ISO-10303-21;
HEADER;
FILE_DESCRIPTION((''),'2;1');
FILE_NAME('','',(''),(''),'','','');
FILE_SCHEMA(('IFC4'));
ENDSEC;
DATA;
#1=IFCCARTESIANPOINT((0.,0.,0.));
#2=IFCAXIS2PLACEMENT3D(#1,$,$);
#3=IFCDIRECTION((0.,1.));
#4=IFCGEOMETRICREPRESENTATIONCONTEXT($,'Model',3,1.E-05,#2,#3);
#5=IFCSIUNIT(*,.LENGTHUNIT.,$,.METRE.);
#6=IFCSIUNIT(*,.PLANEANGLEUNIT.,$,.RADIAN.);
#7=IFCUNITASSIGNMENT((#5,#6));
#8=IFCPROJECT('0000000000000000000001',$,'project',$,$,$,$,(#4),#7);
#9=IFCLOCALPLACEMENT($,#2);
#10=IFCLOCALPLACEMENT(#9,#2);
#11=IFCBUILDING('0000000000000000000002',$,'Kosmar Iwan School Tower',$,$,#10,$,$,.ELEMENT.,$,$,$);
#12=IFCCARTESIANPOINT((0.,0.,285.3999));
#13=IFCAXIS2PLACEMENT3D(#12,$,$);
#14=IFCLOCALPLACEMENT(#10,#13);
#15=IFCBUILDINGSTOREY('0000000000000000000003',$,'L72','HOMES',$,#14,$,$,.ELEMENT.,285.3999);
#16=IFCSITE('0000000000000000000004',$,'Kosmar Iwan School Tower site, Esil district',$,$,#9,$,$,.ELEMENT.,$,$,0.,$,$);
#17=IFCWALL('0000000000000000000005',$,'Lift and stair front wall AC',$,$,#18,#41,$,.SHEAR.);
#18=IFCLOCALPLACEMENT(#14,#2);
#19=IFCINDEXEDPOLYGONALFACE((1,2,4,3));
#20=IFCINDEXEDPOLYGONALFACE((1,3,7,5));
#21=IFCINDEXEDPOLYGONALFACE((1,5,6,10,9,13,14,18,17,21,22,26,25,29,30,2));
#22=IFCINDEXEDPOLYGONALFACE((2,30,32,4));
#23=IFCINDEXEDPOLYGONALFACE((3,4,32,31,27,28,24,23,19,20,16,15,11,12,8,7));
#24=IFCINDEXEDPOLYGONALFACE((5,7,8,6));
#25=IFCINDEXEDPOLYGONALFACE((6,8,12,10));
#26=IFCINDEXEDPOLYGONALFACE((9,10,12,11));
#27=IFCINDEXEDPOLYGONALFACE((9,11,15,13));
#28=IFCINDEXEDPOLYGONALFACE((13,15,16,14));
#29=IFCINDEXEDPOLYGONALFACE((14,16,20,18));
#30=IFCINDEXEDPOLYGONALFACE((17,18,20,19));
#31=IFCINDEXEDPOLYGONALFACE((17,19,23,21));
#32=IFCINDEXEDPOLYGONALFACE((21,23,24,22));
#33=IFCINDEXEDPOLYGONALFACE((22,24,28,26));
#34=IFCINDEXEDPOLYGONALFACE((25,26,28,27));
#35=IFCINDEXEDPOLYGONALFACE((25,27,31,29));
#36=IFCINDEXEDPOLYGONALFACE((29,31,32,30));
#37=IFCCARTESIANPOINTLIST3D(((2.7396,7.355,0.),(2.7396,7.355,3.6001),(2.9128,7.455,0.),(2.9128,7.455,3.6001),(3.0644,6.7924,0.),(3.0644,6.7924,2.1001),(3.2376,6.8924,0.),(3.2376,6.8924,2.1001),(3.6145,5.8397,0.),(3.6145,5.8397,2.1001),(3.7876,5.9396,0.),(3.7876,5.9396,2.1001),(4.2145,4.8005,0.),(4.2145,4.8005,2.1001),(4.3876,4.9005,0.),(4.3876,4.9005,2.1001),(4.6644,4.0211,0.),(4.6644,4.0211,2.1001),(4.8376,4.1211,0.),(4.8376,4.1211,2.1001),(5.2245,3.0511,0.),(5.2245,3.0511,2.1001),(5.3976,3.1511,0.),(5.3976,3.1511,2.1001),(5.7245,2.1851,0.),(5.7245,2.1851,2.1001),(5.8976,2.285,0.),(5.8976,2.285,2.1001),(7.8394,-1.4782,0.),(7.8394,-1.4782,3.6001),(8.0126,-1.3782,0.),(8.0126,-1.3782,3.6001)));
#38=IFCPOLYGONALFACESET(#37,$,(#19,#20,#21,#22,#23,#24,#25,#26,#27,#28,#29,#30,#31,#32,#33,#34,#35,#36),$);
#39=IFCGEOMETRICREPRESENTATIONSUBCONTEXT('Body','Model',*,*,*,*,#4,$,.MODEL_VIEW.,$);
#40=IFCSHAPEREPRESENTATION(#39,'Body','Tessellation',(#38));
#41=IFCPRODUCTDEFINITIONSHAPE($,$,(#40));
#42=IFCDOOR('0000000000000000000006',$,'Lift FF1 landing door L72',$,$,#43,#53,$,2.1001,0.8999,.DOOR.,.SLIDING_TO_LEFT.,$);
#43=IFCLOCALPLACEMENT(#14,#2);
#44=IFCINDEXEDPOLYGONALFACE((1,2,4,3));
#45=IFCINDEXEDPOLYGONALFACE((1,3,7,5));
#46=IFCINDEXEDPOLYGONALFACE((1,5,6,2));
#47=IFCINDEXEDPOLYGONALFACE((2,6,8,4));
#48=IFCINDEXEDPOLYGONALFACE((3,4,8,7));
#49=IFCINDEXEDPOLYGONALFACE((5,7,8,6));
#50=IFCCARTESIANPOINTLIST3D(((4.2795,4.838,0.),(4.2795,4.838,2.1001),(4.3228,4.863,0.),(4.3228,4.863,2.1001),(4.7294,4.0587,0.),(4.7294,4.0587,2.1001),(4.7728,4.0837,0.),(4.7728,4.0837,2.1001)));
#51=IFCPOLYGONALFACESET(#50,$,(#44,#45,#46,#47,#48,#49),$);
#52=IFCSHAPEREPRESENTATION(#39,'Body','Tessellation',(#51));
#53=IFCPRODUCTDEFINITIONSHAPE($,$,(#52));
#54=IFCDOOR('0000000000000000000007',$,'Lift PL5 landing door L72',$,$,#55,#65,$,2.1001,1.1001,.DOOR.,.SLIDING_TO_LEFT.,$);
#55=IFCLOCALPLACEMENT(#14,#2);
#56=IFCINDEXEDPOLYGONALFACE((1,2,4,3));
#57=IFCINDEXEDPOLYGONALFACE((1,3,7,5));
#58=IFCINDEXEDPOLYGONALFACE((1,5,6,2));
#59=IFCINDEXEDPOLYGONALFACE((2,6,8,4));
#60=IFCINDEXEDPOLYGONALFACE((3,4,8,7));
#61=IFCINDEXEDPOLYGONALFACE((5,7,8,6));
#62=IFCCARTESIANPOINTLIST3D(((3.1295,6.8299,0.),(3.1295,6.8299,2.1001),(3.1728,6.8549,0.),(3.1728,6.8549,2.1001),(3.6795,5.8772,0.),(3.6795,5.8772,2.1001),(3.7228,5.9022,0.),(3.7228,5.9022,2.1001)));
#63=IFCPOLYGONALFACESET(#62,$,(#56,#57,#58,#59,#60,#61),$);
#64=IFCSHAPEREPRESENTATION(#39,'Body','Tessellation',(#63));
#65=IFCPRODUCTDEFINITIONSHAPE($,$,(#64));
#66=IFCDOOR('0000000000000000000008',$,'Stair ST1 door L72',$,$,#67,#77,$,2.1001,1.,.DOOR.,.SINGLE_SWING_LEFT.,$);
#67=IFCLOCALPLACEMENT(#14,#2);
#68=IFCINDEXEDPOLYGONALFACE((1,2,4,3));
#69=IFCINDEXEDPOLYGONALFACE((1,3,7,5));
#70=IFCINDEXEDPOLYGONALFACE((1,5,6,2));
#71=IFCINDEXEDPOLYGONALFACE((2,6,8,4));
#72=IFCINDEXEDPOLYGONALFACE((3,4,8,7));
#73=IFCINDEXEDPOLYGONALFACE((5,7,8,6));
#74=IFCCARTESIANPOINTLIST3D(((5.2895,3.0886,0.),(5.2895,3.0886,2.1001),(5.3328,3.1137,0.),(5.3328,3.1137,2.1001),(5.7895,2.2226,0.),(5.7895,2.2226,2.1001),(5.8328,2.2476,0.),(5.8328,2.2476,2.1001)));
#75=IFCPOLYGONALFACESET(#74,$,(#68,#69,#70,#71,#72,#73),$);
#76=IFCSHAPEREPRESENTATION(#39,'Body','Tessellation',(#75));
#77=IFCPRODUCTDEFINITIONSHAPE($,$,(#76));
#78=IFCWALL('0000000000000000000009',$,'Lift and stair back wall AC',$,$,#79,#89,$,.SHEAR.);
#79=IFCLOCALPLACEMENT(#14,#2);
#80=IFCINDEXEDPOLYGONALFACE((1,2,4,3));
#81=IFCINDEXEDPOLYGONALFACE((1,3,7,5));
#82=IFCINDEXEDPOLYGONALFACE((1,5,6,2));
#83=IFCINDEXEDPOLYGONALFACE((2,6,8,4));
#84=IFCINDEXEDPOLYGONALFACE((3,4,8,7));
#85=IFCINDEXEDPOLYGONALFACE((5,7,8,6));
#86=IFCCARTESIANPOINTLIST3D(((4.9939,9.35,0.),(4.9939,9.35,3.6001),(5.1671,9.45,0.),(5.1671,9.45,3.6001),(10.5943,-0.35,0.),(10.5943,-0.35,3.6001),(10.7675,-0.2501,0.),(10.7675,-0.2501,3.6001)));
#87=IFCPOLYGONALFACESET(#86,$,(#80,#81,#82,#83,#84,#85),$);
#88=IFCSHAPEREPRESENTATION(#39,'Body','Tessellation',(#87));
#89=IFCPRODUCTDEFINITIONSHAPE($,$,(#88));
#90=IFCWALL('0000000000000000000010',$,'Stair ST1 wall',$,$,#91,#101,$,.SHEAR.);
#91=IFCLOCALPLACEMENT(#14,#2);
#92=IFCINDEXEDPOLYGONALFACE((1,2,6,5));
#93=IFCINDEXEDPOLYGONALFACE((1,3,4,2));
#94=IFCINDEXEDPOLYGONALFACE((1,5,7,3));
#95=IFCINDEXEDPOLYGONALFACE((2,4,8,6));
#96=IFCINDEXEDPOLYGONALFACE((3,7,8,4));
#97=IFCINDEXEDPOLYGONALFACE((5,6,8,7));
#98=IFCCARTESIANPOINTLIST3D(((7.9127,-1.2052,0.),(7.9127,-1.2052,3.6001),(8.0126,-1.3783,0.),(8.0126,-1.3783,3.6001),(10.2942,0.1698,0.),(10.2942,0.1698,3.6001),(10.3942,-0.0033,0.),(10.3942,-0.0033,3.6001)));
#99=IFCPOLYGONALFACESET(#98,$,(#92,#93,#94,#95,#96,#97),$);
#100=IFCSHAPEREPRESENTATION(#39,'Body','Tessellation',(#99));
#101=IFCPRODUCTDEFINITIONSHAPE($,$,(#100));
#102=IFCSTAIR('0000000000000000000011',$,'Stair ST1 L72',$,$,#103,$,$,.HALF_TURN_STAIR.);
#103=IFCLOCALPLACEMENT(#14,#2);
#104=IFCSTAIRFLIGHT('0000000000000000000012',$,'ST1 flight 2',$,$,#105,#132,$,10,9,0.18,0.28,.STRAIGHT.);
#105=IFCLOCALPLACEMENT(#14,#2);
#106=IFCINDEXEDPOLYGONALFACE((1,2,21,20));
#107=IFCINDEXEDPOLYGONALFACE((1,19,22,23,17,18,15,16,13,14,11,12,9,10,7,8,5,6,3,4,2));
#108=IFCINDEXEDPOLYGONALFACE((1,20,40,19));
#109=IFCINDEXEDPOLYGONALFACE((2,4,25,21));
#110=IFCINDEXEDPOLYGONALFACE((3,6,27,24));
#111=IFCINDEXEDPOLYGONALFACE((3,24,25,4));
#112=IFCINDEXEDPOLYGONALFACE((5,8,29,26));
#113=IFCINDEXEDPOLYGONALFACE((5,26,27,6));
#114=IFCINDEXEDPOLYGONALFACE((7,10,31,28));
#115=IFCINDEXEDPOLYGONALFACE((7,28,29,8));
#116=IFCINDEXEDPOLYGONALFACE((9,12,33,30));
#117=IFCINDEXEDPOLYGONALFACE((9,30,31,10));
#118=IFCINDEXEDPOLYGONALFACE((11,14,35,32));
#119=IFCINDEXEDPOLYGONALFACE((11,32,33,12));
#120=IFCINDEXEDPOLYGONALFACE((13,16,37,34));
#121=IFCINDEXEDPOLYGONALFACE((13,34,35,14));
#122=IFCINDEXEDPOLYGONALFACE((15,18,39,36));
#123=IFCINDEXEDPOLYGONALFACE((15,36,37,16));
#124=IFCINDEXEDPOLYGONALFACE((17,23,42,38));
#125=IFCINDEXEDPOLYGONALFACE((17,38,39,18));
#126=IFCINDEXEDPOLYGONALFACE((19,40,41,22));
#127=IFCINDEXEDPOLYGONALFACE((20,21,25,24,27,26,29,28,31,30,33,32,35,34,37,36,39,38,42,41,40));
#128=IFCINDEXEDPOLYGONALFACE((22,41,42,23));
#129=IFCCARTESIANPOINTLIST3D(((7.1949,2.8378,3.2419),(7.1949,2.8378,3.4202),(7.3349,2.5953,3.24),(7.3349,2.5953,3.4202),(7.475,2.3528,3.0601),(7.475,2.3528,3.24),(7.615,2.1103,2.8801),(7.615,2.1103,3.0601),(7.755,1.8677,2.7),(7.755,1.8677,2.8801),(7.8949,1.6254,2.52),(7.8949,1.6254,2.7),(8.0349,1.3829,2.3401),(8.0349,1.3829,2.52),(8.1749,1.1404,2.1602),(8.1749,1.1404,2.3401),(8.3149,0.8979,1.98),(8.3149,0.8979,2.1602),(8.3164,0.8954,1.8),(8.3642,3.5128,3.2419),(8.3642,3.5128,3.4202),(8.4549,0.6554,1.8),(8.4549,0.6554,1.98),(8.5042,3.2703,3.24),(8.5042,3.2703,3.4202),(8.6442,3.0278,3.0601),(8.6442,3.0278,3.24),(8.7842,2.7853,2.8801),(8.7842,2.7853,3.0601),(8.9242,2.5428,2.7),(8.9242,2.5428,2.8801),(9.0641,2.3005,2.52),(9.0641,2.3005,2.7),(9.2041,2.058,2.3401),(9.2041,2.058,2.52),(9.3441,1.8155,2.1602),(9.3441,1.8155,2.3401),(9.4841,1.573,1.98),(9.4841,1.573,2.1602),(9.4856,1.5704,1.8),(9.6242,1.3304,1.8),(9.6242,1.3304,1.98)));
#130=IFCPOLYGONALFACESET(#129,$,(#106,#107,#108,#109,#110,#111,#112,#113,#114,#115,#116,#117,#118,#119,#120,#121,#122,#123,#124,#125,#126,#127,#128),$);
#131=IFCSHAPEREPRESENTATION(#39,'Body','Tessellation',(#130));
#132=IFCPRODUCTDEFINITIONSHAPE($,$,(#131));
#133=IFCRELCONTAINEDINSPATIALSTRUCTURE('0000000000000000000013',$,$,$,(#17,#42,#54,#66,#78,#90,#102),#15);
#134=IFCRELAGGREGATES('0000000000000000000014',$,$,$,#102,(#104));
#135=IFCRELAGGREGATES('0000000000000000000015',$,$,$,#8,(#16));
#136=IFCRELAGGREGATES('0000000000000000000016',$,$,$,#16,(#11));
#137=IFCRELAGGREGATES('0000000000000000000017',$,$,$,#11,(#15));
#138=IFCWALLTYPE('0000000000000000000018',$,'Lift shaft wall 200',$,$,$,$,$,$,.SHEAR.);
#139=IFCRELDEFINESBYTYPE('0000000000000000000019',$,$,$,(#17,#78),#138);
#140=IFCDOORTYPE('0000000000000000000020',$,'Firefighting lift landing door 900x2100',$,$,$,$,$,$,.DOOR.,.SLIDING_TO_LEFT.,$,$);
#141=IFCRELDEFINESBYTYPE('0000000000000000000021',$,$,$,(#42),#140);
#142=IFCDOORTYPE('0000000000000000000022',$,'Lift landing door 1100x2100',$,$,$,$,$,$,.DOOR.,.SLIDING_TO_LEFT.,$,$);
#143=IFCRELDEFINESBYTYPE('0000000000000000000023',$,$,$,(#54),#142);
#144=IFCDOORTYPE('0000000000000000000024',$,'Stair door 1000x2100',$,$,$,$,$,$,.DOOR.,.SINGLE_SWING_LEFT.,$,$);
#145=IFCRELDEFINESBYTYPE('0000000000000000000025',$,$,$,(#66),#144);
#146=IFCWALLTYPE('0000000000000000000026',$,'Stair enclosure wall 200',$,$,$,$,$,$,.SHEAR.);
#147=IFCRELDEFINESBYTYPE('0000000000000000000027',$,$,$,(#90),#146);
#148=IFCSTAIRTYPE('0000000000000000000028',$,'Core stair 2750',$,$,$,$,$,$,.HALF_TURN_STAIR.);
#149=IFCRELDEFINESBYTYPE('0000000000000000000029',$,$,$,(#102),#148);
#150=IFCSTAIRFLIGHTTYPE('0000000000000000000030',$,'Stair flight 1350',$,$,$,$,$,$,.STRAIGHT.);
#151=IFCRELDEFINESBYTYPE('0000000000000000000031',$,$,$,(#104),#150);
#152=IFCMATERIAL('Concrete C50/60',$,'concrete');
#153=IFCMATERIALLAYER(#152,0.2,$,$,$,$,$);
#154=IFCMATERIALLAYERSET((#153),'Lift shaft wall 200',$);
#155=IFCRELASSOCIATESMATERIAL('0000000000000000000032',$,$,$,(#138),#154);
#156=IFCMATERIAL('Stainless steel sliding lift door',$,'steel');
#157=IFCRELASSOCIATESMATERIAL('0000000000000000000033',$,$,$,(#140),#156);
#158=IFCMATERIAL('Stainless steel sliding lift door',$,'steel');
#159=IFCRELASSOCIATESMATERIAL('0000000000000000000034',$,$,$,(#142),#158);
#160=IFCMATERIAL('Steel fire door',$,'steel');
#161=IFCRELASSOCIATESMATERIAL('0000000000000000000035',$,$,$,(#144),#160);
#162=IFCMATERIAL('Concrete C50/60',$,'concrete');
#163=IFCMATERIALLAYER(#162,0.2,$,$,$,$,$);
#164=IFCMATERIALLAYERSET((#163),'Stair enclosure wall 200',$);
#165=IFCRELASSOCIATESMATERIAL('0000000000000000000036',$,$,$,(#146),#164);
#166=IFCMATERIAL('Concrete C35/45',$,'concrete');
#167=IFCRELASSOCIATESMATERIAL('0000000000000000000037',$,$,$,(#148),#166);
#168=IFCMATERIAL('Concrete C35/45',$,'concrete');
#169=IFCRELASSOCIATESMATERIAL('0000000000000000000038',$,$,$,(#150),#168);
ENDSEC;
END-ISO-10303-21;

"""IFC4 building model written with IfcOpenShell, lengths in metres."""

from ifc_helpers import new_model, si_unit, direction, frame, frame_2d, origin, place, context, subcontext, project, spatial, polyline, rectangle, outline, extrude, material, layer, layer_set, type_object, element, fill, aggregate, save


model = new_model("IFC4")

# Units and contexts
model_context = context("Model", 3, precision=1e-05, world=origin(), true_north=direction((0.0, 1.0)))
body_context = subcontext(model_context, "Body", "Model", "MODEL_VIEW")
ifc_project = project(units=[si_unit("LENGTHUNIT", "METRE"), si_unit("PLANEANGLEUNIT", "RADIAN")], contexts=[model_context])

# Site, building, storey
site_placement = place(None, origin())
site = spatial("IfcSite", under=ifc_project, at=site_placement, Name="Kosmar Iwan School Tower site, Esil district", CompositionType="ELEMENT", RefElevation=0.0)
building_placement = place(site_placement, origin())
building = spatial("IfcBuilding", under=site, at=building_placement, Name="Kosmar Iwan School Tower", CompositionType="ELEMENT")
storey_placement = place(building_placement, frame((0.0, 0.0, 285.3999)))
storey = spatial("IfcBuildingStorey", under=building, at=storey_placement, Name="L72", Description="HOMES", CompositionType="ELEMENT", Elevation=285.3999)

# Wall, openings, doors
ifc_material_1 = material(Name="Concrete C50/60", Category="concrete")
ifc_layer_1 = layer(ifc_material_1, 0.2)
ifc_layer_set_1 = layer_set([ifc_layer_1], Name="Lift shaft wall 200")
wall_type_1 = type_object("IfcWallType", Name="Lift shaft wall 200", PredefinedType="SHEAR", material=ifc_layer_set_1)
wall_1_placement = place(storey_placement, frame((7.926, -1.4282, 0.0), z_axis=(0.0, 0.0, 1.0), x_axis=(-0.499998, 0.866027, 0.0)))
wall_1 = element("IfcWall", 1, at=wall_1_placement, inside=storey, type_object=wall_type_1, Name="Lift and stair front wall AC", PredefinedType="SHEAR", context=body_context, shape_type="SweptSolid", body=[
    extrude(rectangle(XDim=10.1997, YDim=0.2, at=frame_2d((5.0999, 0.0))), origin(), (0.0, 0.0, 1.0), 3.6001),
])
opening_1_placement = place(wall_1_placement, frame((6.3501, 0.0, 0.0)))
opening_1 = element("IfcOpeningElement", 2, at=opening_1_placement, cuts=wall_1, PredefinedType="OPENING", context=body_context, shape_type="SweptSolid", body=[
    extrude(rectangle(XDim=0.8999, YDim=2.1001, at=frame_2d((0.45, 1.05))), frame((0.0, 0.1121, 0.0), z_axis=(0.0, -1.0, 0.0), x_axis=(1.0, 0.0, 0.0)), (0.0, 0.0, 1.0), 0.2239),
])
opening_2_placement = place(wall_1_placement, frame((8.45, 0.0, 0.0)))
opening_2 = element("IfcOpeningElement", 3, at=opening_2_placement, cuts=wall_1, PredefinedType="OPENING", context=body_context, shape_type="SweptSolid", body=[
    extrude(rectangle(XDim=1.1001, YDim=2.1001, at=frame_2d((0.55, 1.05))), frame((0.0, 0.1121, 0.0), z_axis=(0.0, -1.0, 0.0), x_axis=(1.0, 0.0, 0.0)), (0.0, 0.0, 1.0), 0.2239),
])
opening_3_placement = place(wall_1_placement, frame((4.23, 0.0, 0.0)))
opening_3 = element("IfcOpeningElement", 4, at=opening_3_placement, cuts=wall_1, PredefinedType="OPENING", context=body_context, shape_type="SweptSolid", body=[
    extrude(rectangle(XDim=1.0, YDim=2.1001, at=frame_2d((0.5, 1.05))), frame((0.0, 0.1121, 0.0), z_axis=(0.0, -1.0, 0.0), x_axis=(1.0, 0.0, 0.0)), (0.0, 0.0, 1.0), 0.2239),
])
ifc_material_2 = material(Name="Stainless steel sliding lift door", Category="steel")
door_type_1 = type_object("IfcDoorType", Name="Firefighting lift landing door 900x2100", OperationType="SLIDING_TO_LEFT", PredefinedType="DOOR", material=ifc_material_2)
door_1_placement = place(opening_1_placement, origin())
door_1 = element("IfcDoor", 5, at=door_1_placement, inside=storey, type_object=door_type_1, Name="Lift FF1 landing door L72", OperationType="SLIDING_TO_LEFT", OverallHeight=2.1001, OverallWidth=0.8999, PredefinedType="DOOR", context=body_context, shape_type="SweptSolid", body=[
    extrude(rectangle(XDim=0.8999, YDim=2.1001, at=frame_2d((0.45, 1.05))), frame((0.0, 0.0249, 0.0), z_axis=(0.0, -1.0, 0.0), x_axis=(1.0, 0.0, 0.0)), (0.0, 0.0, 1.0), 0.05),
])
fill(opening_1, door_1)
ifc_material_3 = material(Name="Stainless steel sliding lift door", Category="steel")
door_type_2 = type_object("IfcDoorType", Name="Lift landing door 1100x2100", OperationType="SLIDING_TO_LEFT", PredefinedType="DOOR", material=ifc_material_3)
door_2_placement = place(opening_2_placement, origin())
door_2 = element("IfcDoor", 6, at=door_2_placement, inside=storey, type_object=door_type_2, Name="Lift PL5 landing door L72", OperationType="SLIDING_TO_LEFT", OverallHeight=2.1001, OverallWidth=1.1001, PredefinedType="DOOR", context=body_context, shape_type="SweptSolid", body=[
    extrude(rectangle(XDim=1.1001, YDim=2.1001, at=frame_2d((0.55, 1.05))), frame((0.0, 0.0249, 0.0), z_axis=(0.0, -1.0, 0.0), x_axis=(1.0, 0.0, 0.0)), (0.0, 0.0, 1.0), 0.05),
])
fill(opening_2, door_2)
ifc_material_4 = material(Name="Steel fire door", Category="steel")
door_type_3 = type_object("IfcDoorType", Name="Stair door 1000x2100", OperationType="SINGLE_SWING_LEFT", PredefinedType="DOOR", material=ifc_material_4)
door_3_placement = place(opening_3_placement, origin())
door_3 = element("IfcDoor", 7, at=door_3_placement, inside=storey, type_object=door_type_3, Name="Stair ST1 door L72", OperationType="SINGLE_SWING_LEFT", OverallHeight=2.1001, OverallWidth=1.0, PredefinedType="DOOR", context=body_context, shape_type="SweptSolid", body=[
    extrude(rectangle(XDim=1.0, YDim=2.1001, at=frame_2d((0.5, 1.05))), frame((0.0, 0.0249, 0.0), z_axis=(0.0, -1.0, 0.0), x_axis=(1.0, 0.0, 0.0)), (0.0, 0.0, 1.0), 0.05),
])
fill(opening_3, door_3)

# Walls
wall_2_placement = place(storey_placement, frame((10.6809, -0.3, 0.0), z_axis=(0.0, 0.0, 1.0), x_axis=(-0.500005, 0.866023, 0.0)))
element("IfcWall", 8, at=wall_2_placement, inside=storey, type_object=wall_type_1, Name="Lift and stair back wall AC", PredefinedType="SHEAR", context=body_context, shape_type="SweptSolid", body=[
    extrude(rectangle(XDim=11.2007, YDim=0.2, at=frame_2d((5.6003, 0.0))), origin(), (0.0, 0.0, 1.0), 3.6001),
])
ifc_material_5 = material(Name="Concrete C50/60", Category="concrete")
ifc_layer_2 = layer(ifc_material_5, 0.2)
ifc_layer_set_2 = layer_set([ifc_layer_2], Name="Stair enclosure wall 200")
wall_type_2 = type_object("IfcWallType", Name="Stair enclosure wall 200", PredefinedType="SHEAR", material=ifc_layer_set_2)
wall_3_placement = place(storey_placement, frame((7.9626, -1.2917, 0.0), z_axis=(0.0, 0.0, 1.0), x_axis=(0.866027, 0.499997, 0.0)))
element("IfcWall", 9, at=wall_3_placement, inside=storey, type_object=wall_type_2, Name="Stair ST1 wall", PredefinedType="SHEAR", context=body_context, shape_type="SweptSolid", body=[
    extrude(rectangle(XDim=2.75, YDim=0.2, at=frame_2d((1.375, 0.0))), origin(), (0.0, 0.0, 1.0), 3.6001),
])

# Stair, stair flight
ifc_material_6 = material(Name="Concrete C35/45", Category="concrete")
stair_type = type_object("IfcStairType", Name="Core stair 2750", PredefinedType="HALF_TURN_STAIR", material=ifc_material_6)
stair_placement = place(storey_placement, origin())
stair = element("IfcStair", 10, at=stair_placement, inside=storey, type_object=stair_type, Name="Stair ST1 L72", PredefinedType="HALF_TURN_STAIR")
ifc_material_7 = material(Name="Concrete C35/45", Category="concrete")
stair_flight_type = type_object("IfcStairFlightType", Name="Stair flight 1350", PredefinedType="STRAIGHT", material=ifc_material_7)
stair_flight_placement = place(storey_placement, frame((9.0396, 0.9929, 1.8), z_axis=(0.0, 0.0, 1.0), x_axis=(-0.5, 0.866025, 0.0)))
stair_flight = element("IfcStairFlight", 11, at=stair_flight_placement, type_object=stair_flight_type, Name="ST1 flight 2", NumberOfRisers=10, NumberOfTreads=9, PredefinedType="STRAIGHT", RiserHeight=0.18, TreadLength=0.28, context=body_context, shape_type="SweptSolid", body=[
    extrude(outline(polyline([(0.0, 0.0), (0.0, 0.1799), (0.28, 0.1799), (0.28, 0.3601), (0.5601, 0.3601), (0.5601, 0.54), (0.8401, 0.54), (0.8401, 0.72), (1.1201, 0.72), (1.1201, 0.8999), (1.3999, 0.8999), (1.3999, 1.0801), (1.6799, 1.0801), (1.6799, 1.26), (1.96, 1.26), (1.96, 1.4399), (2.24, 1.4399), (2.24, 1.6201), (2.52, 1.6201), (2.52, 1.8), (2.52, 1.4419), (0.2771, 0.0), (0.0, 0.0)])), frame((0.0, 0.675, 0.0), z_axis=(0.0, -1.0, 0.0), x_axis=(1.0, 0.0, 0.0)), (0.0, 0.0, 1.0), 1.3501),
])
aggregate(stair, [stair_flight])

save(model, "model.ifc")
